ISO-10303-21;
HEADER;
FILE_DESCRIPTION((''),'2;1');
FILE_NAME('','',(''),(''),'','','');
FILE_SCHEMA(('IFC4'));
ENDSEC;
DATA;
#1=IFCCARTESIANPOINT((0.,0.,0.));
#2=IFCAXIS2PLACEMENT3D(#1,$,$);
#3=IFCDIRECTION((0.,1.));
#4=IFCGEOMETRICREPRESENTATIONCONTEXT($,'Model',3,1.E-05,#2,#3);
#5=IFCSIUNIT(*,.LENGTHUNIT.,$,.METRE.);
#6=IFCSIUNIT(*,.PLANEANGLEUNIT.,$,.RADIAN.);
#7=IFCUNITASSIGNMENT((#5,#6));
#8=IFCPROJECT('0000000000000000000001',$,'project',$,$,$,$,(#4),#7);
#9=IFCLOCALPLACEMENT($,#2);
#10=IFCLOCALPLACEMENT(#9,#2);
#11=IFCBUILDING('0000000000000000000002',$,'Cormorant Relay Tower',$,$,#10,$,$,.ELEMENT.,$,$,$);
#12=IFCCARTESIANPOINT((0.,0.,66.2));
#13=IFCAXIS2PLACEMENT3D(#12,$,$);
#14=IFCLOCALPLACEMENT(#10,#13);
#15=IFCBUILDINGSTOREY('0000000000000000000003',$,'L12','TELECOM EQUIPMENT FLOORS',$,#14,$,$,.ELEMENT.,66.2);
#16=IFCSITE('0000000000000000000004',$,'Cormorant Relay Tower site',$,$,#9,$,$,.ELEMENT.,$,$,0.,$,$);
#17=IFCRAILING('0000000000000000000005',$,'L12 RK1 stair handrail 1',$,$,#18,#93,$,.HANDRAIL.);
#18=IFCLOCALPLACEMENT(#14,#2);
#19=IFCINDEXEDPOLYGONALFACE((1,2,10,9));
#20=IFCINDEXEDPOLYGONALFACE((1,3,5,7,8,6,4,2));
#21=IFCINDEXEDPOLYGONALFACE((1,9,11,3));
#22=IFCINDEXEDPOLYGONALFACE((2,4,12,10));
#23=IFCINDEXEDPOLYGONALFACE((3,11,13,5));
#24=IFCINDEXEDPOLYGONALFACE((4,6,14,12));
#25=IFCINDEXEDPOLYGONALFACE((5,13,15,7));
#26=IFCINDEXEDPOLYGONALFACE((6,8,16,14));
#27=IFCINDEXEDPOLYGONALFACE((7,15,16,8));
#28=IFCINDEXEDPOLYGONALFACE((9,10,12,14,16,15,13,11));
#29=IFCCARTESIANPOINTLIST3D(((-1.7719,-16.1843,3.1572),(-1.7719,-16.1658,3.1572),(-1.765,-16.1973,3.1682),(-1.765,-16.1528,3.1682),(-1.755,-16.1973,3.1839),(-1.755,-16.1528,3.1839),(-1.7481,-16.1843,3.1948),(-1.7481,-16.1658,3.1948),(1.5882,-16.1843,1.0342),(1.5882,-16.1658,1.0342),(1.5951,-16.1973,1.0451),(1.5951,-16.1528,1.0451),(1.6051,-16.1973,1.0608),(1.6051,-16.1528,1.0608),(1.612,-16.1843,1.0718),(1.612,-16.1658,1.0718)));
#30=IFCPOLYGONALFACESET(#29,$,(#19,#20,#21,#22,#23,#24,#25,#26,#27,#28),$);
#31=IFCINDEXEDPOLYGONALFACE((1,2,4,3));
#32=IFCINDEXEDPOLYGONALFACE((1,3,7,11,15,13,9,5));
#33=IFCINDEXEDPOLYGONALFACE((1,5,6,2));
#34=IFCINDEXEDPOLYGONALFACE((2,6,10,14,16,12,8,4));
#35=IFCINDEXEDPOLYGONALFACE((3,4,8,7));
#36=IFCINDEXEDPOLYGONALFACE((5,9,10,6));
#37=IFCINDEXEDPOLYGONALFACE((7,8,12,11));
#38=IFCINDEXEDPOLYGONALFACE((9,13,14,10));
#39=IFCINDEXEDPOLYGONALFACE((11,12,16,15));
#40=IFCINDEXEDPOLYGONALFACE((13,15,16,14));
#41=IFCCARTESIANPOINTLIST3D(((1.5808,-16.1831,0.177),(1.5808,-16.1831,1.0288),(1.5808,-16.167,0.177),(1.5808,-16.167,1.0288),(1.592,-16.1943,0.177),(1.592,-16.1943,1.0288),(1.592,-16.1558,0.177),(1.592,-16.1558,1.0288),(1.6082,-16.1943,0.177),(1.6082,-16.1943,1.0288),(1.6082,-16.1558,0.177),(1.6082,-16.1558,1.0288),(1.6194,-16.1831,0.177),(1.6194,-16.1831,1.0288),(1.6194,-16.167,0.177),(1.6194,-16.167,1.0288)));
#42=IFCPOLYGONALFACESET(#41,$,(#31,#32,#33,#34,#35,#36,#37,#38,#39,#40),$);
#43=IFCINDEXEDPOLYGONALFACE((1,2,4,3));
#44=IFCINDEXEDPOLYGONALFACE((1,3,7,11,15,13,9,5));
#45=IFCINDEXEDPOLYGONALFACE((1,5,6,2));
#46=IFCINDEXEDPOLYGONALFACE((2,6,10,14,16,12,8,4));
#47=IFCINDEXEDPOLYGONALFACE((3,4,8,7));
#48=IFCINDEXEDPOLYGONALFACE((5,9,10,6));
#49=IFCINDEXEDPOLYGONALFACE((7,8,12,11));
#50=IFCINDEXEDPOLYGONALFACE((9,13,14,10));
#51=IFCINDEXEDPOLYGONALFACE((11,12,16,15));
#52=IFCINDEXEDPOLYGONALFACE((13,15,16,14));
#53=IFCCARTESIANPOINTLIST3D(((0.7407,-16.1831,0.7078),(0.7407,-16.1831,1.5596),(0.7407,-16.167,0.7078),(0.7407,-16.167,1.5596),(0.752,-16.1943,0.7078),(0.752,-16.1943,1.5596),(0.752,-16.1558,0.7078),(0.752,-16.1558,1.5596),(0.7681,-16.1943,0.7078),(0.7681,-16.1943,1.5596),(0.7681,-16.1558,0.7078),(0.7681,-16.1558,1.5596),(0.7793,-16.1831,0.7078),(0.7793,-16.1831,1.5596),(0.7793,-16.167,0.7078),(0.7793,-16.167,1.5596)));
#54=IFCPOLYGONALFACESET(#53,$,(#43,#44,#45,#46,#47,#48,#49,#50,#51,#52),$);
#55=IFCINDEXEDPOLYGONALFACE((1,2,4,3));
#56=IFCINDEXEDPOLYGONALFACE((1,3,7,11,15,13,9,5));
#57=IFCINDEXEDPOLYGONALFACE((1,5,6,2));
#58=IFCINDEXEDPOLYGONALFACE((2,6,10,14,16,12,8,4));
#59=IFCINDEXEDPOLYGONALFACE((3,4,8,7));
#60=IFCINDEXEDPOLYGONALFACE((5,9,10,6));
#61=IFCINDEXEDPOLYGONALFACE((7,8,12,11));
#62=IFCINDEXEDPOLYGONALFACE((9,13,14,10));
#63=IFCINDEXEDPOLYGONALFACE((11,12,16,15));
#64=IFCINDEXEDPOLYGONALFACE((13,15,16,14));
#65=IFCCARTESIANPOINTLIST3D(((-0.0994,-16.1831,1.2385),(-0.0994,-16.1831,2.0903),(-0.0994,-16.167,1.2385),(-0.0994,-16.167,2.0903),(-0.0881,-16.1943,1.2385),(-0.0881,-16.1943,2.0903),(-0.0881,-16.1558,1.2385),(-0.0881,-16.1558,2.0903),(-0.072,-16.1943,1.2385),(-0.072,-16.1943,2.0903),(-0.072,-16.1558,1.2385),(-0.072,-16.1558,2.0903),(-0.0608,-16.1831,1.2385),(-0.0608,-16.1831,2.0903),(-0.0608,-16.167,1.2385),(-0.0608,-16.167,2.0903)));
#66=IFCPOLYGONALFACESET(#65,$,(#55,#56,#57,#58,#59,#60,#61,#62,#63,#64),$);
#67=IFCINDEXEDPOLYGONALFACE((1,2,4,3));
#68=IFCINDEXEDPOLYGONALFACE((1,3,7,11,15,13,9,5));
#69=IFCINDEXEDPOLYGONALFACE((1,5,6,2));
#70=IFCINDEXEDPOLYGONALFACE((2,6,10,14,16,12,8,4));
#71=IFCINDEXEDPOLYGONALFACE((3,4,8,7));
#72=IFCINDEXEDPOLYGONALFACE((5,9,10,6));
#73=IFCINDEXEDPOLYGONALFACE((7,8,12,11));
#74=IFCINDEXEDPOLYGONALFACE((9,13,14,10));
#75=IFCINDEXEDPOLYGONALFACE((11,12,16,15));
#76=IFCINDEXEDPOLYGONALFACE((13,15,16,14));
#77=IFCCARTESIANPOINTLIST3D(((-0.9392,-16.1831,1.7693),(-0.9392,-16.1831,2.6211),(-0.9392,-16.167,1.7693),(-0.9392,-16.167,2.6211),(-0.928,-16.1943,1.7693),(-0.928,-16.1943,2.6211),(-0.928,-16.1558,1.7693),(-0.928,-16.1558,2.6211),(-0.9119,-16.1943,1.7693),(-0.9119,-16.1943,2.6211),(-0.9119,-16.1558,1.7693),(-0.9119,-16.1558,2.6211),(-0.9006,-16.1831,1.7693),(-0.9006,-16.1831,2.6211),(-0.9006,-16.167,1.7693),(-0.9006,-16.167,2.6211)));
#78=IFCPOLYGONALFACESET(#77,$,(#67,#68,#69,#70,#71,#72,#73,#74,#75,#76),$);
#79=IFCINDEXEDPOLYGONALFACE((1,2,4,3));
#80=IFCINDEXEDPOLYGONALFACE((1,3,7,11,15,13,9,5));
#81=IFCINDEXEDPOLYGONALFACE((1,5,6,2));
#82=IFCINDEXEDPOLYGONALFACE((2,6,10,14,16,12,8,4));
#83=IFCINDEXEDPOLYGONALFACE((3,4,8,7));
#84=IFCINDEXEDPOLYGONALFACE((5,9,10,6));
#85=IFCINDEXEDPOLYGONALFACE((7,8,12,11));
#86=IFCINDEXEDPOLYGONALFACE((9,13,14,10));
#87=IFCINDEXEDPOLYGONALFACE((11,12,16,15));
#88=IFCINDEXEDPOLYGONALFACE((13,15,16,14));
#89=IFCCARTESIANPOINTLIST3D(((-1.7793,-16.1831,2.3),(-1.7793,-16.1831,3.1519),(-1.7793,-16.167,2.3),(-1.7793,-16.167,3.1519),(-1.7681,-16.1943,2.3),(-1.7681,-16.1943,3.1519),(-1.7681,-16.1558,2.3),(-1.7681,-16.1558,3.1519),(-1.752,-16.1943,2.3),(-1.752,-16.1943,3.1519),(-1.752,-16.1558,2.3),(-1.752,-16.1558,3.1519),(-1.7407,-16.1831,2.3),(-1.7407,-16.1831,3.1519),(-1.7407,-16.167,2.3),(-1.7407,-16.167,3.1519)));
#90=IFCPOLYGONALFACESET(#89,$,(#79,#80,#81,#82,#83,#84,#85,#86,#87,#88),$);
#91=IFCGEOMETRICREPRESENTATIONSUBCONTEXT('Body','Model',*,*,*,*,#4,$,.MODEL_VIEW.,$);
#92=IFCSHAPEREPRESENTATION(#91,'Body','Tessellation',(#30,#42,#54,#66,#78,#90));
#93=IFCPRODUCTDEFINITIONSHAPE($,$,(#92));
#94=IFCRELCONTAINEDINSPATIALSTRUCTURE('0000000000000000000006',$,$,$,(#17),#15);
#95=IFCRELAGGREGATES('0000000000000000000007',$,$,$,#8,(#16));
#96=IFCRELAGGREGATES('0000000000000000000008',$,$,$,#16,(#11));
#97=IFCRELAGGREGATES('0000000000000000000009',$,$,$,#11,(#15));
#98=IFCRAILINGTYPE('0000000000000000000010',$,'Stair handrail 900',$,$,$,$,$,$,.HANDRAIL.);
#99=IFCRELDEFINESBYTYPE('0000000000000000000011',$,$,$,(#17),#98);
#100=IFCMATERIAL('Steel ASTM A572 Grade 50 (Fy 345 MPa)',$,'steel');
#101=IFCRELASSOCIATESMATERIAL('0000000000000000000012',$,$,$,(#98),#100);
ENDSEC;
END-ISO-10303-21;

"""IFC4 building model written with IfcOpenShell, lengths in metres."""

from ifc_helpers import new_model, si_unit, direction, frame, origin, place, context, subcontext, project, spatial, polyline, outline, extrude, material, type_object, element, save


model = new_model("IFC4")

# Units and contexts
model_context = context("Model", 3, precision=1e-05, world=origin(), true_north=direction((0.0, 1.0)))
body_context = subcontext(model_context, "Body", "Model", "MODEL_VIEW")
ifc_project = project(units=[si_unit("LENGTHUNIT", "METRE"), si_unit("PLANEANGLEUNIT", "RADIAN")], contexts=[model_context])

# Site, building, storey
site_placement = place(None, origin())
site = spatial("IfcSite", under=ifc_project, at=site_placement, Name="Cormorant Relay Tower site", CompositionType="ELEMENT", RefElevation=0.0)
building_placement = place(site_placement, origin())
building = spatial("IfcBuilding", under=site, at=building_placement, Name="Cormorant Relay Tower", CompositionType="ELEMENT")
storey_placement = place(building_placement, frame((0.0, 0.0, 66.2)))
storey = spatial("IfcBuildingStorey", under=building, at=storey_placement, Name="L12", Description="TELECOM EQUIPMENT FLOORS", CompositionType="ELEMENT", Elevation=66.2)

# Railing
ifc_material_1 = material(Name="Steel ASTM A572 Grade 50 (Fy 345 MPa)", Category="steel")
railing_type_1 = type_object("IfcRailingType", Name="Stair handrail 900", PredefinedType="HANDRAIL", material=ifc_material_1)
railing_1_placement = place(storey_placement, frame((1.6001, -16.175, 0.177)))
element("IfcRailing", 1, at=railing_1_placement, inside=storey, type_object=railing_type_1, Name="L12 RK1 stair handrail 1", PredefinedType="HANDRAIL", context=body_context, shape_type="SweptSolid", body=[
    extrude(outline(polyline([(0.0222, 0.0093), (0.0093, 0.0222), (-0.0093, 0.0222), (-0.0222, 0.0093), (-0.0222, -0.0093), (-0.0093, -0.0222), (0.0093, -0.0222), (0.0222, -0.0093), (0.0222, 0.0093)])), frame((0.0, 0.0, 0.876), z_axis=(-0.84539, 0.0, 0.53415), x_axis=(0.0, -1.0, 0.0)), (0.0, 0.0, 1.0), 3.9746),
    extrude(outline(polyline([(0.0193, 0.0081), (0.0081, 0.0193), (-0.0081, 0.0193), (-0.0193, 0.0081), (-0.0193, -0.0081), (-0.0081, -0.0193), (0.0081, -0.0193), (0.0193, -0.0081), (0.0193, 0.0081)])), origin(), (0.0, 0.0, 1.0), 0.8518),
    extrude(outline(polyline([(0.0193, 0.0081), (0.0081, 0.0193), (-0.0081, 0.0193), (-0.0193, 0.0081), (-0.0193, -0.0081), (-0.0081, -0.0193), (0.0081, -0.0193), (0.0193, -0.0081), (0.0193, 0.0081)])), frame((-0.8401, 0.0, 0.5308)), (0.0, 0.0, 1.0), 0.8518),
    extrude(outline(polyline([(0.0193, 0.0081), (0.0081, 0.0193), (-0.0081, 0.0193), (-0.0193, 0.0081), (-0.0193, -0.0081), (-0.0081, -0.0193), (0.0081, -0.0193), (0.0193, -0.0081), (0.0193, 0.0081)])), frame((-1.6802, 0.0, 1.0615)), (0.0, 0.0, 1.0), 0.8518),
    extrude(outline(polyline([(0.0193, 0.0081), (0.0081, 0.0193), (-0.0081, 0.0193), (-0.0193, 0.0081), (-0.0193, -0.0081), (-0.0081, -0.0193), (0.0081, -0.0193), (0.0193, -0.0081), (0.0193, 0.0081)])), frame((-2.52, 0.0, 1.5923)), (0.0, 0.0, 1.0), 0.8518),
    extrude(outline(polyline([(0.0193, 0.0081), (0.0081, 0.0193), (-0.0081, 0.0193), (-0.0193, 0.0081), (-0.0193, -0.0081), (-0.0081, -0.0193), (0.0081, -0.0193), (0.0193, -0.0081), (0.0193, 0.0081)])), frame((-3.3601, 0.0, 2.123)), (0.0, 0.0, 1.0), 0.8518),
])

save(model, "model.ifc")
